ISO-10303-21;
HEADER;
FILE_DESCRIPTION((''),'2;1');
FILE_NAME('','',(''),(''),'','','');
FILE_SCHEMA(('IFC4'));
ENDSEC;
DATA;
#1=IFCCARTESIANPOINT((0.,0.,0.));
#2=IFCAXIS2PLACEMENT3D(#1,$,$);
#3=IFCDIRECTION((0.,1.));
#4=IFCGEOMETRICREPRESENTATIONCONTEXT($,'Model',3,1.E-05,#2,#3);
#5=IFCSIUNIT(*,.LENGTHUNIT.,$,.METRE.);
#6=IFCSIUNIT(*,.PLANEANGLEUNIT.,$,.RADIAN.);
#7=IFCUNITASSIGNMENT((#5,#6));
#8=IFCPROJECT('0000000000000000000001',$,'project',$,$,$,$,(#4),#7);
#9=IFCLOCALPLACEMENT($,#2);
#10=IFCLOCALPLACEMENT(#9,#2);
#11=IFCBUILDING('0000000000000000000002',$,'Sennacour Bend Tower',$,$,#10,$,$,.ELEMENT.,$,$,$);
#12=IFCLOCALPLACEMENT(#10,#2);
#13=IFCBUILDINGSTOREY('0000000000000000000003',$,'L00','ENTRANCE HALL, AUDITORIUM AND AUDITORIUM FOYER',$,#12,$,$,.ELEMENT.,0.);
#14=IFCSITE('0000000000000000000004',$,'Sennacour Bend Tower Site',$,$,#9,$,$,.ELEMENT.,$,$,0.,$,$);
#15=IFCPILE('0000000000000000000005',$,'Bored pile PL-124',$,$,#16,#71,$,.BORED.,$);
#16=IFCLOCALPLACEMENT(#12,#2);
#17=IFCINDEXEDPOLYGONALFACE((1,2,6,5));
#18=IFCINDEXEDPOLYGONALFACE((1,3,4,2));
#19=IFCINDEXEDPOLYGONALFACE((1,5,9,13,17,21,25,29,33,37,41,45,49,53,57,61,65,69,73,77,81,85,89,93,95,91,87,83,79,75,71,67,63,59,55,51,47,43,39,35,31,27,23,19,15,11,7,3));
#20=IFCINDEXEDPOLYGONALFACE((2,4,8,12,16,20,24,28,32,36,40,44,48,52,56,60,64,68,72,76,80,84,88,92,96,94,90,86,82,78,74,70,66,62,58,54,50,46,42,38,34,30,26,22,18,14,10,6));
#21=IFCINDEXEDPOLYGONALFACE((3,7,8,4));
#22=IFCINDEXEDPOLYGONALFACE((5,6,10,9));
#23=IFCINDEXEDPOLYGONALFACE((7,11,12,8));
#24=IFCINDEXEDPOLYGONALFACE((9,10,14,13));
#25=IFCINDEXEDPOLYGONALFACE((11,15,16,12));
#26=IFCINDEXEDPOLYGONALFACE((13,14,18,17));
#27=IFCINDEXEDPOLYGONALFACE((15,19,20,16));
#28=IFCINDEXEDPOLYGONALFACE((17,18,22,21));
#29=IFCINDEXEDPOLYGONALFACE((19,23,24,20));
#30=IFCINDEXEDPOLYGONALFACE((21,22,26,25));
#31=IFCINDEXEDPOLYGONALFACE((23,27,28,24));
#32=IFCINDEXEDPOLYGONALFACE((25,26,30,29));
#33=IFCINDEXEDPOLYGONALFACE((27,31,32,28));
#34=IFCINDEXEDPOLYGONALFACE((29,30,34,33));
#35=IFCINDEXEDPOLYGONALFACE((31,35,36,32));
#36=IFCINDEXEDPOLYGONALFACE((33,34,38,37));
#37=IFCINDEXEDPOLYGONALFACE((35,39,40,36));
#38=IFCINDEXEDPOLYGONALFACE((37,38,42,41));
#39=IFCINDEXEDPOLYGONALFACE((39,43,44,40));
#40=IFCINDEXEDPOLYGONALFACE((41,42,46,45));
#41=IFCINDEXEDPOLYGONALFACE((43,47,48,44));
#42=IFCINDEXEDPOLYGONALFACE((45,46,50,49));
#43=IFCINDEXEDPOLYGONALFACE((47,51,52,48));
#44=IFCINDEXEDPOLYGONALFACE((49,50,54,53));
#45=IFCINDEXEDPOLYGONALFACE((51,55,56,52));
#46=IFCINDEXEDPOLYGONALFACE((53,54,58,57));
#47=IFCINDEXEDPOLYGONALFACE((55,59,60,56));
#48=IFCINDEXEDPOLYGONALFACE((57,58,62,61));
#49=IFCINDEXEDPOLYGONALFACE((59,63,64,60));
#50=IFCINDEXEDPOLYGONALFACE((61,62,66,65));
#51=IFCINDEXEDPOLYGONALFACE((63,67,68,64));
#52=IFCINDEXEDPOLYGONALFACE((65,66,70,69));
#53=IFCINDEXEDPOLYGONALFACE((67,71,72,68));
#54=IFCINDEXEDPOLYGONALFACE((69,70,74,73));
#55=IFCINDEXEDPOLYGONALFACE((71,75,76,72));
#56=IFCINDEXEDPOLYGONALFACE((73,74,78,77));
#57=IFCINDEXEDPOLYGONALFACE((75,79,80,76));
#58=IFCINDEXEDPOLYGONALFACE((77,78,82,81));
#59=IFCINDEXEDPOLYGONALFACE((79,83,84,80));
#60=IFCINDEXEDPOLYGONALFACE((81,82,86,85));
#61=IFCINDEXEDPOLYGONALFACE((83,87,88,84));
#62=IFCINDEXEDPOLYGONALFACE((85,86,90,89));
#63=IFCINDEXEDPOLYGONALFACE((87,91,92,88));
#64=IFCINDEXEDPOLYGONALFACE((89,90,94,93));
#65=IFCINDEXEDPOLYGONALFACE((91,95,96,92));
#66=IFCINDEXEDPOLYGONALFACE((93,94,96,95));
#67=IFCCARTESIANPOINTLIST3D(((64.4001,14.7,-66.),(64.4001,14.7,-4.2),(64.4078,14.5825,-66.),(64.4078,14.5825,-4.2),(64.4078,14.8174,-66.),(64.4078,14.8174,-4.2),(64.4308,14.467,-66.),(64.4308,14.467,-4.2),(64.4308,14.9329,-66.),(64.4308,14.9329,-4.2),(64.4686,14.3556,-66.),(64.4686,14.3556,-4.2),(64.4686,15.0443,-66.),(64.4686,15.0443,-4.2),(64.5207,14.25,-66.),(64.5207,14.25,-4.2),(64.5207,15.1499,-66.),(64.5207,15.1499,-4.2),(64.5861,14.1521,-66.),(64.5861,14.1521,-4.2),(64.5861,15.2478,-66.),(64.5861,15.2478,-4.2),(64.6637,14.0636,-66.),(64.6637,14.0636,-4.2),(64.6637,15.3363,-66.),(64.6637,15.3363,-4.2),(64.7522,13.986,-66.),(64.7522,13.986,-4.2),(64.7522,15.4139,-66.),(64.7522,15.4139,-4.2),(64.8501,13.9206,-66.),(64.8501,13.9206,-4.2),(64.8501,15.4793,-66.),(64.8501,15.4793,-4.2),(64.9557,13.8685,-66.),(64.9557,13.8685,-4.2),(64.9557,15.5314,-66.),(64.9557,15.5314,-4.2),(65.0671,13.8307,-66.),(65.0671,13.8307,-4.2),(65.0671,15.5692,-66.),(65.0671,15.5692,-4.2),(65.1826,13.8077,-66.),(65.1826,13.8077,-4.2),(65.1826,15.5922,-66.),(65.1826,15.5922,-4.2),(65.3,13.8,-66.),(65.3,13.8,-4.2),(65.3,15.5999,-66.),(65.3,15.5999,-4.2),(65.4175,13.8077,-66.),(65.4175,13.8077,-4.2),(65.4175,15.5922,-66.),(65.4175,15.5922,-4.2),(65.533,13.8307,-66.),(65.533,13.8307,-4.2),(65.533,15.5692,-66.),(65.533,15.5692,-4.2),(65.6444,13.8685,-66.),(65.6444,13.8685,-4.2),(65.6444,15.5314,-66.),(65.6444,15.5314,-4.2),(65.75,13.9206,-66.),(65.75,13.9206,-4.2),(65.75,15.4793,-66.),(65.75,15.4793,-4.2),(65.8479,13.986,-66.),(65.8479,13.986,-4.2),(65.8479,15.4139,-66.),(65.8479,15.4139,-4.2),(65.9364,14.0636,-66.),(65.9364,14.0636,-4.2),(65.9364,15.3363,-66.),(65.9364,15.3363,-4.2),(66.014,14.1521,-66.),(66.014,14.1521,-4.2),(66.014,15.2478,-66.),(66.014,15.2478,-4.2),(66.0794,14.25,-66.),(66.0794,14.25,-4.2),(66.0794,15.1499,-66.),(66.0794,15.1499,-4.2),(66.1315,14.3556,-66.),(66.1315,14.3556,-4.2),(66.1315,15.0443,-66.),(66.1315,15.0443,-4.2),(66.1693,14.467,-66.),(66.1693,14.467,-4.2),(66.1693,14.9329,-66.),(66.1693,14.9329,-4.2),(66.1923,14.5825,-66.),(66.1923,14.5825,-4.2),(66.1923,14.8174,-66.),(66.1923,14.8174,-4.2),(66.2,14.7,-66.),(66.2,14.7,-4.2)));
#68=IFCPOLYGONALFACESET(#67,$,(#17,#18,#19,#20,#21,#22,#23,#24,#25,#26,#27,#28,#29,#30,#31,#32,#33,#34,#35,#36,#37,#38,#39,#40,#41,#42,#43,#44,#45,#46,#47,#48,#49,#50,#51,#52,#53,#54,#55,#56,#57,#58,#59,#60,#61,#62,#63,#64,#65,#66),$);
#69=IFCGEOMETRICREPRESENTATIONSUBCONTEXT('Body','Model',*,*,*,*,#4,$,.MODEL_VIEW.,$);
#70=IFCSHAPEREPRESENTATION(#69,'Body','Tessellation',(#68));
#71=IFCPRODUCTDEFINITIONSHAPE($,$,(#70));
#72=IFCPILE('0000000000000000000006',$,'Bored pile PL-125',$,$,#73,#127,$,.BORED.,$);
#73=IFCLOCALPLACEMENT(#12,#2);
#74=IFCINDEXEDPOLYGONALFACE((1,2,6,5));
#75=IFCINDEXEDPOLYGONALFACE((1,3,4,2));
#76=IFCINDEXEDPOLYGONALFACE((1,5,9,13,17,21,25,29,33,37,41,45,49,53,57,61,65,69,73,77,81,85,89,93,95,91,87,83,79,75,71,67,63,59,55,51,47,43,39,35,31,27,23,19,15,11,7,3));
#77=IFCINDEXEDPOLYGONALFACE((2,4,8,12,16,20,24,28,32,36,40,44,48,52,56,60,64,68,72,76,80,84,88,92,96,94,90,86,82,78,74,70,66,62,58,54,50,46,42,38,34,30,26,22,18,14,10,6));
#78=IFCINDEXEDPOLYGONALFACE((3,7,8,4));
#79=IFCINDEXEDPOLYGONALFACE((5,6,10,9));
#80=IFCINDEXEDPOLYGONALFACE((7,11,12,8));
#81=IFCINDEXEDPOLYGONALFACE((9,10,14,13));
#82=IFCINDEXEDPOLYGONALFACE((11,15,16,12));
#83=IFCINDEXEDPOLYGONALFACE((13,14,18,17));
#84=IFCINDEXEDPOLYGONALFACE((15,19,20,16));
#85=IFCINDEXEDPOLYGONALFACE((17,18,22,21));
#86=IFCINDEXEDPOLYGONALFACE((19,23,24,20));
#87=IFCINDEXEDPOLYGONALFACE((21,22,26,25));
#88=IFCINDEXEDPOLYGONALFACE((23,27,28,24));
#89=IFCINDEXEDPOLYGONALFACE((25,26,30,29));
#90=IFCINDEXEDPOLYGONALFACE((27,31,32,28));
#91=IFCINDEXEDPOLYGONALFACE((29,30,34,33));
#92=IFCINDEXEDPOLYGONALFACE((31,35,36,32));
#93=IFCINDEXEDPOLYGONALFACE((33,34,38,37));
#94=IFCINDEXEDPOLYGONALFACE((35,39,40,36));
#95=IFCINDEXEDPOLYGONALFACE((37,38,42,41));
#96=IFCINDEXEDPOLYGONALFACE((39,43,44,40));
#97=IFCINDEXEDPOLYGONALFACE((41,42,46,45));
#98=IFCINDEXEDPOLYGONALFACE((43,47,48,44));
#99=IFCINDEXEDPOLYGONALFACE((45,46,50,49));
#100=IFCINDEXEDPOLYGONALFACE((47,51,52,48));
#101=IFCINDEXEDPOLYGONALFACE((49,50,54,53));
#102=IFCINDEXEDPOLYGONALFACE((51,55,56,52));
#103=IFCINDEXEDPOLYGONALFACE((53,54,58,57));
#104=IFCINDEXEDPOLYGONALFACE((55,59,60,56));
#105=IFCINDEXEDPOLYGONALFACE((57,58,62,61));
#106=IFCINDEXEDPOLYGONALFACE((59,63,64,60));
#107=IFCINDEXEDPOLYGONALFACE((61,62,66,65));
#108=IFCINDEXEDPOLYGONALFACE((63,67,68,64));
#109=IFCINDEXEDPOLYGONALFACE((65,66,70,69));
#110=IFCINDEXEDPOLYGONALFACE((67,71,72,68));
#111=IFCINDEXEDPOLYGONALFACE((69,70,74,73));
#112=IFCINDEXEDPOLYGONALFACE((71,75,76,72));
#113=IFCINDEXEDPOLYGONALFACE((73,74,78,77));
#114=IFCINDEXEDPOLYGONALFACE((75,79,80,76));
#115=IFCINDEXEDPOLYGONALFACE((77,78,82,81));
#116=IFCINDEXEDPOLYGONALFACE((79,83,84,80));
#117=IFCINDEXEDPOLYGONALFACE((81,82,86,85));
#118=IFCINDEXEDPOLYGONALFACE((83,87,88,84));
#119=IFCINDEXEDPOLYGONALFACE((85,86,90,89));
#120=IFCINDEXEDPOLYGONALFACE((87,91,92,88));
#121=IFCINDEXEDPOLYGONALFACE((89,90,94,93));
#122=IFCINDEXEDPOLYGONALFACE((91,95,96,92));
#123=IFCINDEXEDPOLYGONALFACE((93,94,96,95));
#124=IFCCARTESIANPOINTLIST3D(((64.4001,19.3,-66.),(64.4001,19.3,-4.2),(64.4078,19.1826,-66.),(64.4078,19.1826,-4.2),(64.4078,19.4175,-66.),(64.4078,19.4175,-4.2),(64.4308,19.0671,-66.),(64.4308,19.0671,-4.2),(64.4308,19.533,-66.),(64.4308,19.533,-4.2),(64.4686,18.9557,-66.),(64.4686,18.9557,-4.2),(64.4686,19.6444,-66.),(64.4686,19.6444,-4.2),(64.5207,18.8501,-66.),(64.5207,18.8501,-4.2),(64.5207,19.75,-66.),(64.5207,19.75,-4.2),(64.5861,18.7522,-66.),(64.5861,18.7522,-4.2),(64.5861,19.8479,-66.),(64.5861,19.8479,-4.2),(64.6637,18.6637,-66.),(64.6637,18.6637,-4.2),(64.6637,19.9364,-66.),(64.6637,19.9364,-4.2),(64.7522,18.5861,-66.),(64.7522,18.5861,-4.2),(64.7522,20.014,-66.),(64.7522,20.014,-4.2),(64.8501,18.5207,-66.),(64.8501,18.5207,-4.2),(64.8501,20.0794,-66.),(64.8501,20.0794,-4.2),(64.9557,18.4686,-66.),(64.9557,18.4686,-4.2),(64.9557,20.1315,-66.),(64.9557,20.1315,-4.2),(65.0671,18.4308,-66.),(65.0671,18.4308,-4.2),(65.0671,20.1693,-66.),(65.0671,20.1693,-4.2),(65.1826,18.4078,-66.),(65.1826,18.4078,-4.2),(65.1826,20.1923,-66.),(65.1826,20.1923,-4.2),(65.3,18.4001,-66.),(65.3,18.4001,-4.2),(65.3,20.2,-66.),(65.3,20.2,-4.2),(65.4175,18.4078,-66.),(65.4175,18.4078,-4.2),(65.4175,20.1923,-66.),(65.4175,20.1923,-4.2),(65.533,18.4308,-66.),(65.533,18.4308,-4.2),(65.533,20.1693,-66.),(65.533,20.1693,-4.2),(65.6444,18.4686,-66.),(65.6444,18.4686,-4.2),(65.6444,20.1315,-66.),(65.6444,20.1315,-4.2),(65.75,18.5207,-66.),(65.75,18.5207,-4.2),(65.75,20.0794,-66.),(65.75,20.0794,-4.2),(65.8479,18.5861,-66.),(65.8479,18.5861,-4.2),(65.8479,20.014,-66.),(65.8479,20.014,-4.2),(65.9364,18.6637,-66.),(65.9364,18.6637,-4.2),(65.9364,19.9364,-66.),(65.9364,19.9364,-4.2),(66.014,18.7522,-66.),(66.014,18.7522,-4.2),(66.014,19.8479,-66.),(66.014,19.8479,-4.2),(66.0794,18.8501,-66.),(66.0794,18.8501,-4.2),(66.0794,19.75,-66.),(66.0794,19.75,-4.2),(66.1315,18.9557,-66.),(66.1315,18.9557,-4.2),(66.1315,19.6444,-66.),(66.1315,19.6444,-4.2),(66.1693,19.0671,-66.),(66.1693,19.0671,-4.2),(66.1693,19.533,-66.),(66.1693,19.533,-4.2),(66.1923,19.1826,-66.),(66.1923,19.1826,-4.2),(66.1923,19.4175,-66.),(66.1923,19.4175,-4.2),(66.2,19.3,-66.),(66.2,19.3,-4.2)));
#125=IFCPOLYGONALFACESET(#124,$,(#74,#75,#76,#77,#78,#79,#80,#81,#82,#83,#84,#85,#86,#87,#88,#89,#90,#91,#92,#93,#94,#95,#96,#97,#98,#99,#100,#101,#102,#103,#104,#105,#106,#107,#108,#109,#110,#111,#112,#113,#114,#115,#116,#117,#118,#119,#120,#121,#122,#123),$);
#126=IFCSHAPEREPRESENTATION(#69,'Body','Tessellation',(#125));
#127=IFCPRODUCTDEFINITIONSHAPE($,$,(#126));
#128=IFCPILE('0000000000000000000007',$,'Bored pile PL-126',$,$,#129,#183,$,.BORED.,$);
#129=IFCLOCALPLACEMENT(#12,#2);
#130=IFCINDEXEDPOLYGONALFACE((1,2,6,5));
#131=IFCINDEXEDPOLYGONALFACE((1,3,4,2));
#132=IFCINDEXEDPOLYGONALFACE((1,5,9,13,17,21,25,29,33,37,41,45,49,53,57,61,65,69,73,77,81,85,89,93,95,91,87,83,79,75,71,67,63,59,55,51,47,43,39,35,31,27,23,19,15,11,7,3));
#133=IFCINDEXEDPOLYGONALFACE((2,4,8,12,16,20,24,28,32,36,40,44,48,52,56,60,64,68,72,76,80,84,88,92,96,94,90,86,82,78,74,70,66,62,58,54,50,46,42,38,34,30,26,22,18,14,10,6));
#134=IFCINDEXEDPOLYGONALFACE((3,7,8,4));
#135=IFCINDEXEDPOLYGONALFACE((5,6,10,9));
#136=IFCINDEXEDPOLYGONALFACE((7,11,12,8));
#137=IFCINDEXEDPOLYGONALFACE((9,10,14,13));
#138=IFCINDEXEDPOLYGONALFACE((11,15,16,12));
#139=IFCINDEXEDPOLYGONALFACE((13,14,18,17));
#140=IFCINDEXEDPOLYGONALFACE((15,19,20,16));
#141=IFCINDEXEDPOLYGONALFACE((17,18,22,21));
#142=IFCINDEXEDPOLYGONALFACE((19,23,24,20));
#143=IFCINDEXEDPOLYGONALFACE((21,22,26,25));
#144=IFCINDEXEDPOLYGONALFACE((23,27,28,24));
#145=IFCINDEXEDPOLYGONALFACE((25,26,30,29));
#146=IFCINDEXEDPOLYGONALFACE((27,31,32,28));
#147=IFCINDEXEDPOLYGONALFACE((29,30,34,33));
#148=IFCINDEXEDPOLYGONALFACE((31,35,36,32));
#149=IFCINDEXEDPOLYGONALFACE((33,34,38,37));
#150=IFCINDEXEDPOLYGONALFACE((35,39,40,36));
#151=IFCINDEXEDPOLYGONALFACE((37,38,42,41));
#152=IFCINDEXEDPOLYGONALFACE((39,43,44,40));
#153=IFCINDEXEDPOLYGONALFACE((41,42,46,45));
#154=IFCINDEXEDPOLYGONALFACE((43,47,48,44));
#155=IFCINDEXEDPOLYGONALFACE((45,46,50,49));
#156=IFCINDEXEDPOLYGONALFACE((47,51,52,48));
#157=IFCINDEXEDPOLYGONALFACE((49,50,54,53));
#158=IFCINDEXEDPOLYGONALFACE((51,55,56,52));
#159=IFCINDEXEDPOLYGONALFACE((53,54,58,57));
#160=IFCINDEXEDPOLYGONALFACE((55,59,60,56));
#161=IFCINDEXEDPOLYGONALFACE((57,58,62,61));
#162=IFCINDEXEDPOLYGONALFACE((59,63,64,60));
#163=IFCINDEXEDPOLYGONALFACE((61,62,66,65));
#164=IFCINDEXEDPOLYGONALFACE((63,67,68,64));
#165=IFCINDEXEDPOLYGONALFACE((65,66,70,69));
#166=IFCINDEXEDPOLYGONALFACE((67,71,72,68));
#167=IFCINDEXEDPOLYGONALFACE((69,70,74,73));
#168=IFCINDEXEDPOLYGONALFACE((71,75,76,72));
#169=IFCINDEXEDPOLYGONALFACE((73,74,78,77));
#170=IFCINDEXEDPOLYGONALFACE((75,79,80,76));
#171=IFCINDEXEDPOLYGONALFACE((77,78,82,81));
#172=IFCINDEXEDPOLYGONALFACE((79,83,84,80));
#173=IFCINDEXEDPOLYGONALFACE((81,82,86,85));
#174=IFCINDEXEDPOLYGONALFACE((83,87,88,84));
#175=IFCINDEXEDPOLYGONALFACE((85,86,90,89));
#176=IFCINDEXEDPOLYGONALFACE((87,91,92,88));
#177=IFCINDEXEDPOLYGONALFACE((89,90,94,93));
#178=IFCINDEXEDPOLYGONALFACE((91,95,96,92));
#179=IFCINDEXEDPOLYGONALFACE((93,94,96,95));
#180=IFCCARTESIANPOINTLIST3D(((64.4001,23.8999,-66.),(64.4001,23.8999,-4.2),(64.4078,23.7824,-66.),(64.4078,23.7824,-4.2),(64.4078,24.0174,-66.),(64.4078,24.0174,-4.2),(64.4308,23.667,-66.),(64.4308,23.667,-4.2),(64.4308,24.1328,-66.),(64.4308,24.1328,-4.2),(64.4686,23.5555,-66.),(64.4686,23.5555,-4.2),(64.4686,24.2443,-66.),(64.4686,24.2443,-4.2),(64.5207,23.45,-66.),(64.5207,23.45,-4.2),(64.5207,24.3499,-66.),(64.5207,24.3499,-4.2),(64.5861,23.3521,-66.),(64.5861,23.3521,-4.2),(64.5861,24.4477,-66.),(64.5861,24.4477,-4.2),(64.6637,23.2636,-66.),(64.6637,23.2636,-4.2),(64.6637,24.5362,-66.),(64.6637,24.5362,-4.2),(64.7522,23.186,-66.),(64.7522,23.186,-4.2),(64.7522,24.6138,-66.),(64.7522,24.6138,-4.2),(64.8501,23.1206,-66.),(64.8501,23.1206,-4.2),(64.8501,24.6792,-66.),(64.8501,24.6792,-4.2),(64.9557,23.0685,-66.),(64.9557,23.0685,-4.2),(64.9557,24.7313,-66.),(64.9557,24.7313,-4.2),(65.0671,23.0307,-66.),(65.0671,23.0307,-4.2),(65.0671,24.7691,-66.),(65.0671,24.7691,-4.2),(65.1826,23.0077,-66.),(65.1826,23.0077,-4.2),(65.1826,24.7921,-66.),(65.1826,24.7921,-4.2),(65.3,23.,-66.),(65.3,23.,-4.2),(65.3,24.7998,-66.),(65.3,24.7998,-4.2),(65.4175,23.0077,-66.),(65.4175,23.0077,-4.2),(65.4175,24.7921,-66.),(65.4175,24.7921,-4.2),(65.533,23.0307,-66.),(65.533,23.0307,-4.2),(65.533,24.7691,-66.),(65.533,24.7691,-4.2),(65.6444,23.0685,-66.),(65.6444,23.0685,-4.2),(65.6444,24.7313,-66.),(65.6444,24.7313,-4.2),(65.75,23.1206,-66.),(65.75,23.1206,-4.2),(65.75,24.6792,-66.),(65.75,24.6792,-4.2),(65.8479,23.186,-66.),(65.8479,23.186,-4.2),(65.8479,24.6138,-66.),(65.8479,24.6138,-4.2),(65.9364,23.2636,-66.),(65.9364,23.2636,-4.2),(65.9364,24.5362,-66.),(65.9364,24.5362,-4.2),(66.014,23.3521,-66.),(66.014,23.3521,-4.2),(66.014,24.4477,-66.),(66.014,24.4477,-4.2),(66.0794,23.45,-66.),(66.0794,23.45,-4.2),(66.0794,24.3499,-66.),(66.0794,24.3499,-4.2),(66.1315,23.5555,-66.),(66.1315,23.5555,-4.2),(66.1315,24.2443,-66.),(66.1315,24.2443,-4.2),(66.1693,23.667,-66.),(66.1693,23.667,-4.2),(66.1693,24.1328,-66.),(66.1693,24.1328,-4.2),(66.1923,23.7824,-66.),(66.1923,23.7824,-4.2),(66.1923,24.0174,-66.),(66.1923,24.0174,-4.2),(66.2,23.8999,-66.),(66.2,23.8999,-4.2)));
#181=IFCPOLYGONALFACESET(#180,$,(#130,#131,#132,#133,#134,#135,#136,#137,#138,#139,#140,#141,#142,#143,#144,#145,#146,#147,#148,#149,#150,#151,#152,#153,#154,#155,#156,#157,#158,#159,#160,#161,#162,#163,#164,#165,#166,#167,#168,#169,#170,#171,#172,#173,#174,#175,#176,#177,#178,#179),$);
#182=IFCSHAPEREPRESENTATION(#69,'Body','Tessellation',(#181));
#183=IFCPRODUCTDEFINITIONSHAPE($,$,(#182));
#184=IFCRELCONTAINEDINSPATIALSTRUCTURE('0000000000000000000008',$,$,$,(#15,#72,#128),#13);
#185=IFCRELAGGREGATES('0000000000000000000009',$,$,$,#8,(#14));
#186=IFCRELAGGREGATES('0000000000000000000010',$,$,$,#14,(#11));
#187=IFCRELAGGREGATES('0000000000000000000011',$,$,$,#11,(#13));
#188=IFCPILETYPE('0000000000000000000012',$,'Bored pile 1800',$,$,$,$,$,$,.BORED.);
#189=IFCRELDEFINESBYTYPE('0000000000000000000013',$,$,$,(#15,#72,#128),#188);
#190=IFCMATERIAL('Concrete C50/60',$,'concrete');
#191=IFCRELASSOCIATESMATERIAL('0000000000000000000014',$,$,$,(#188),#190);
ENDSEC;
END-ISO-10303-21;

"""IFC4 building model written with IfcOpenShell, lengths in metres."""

from ifc_helpers import new_model, si_unit, direction, frame, origin, origin_2d, place, context, subcontext, project, spatial, circle, extrude, material, material_profile, profile_set, type_object, element, save


model = new_model("IFC4")

# Units and contexts
model_context = context("Model", 3, precision=1e-05, world=origin(), true_north=direction((0.0, 1.0)))
body_context = subcontext(model_context, "Body", "Model", "MODEL_VIEW")
ifc_project = project(units=[si_unit("LENGTHUNIT", "METRE"), si_unit("PLANEANGLEUNIT", "RADIAN")], contexts=[model_context])

# Site, building, storey
site_placement = place(None, origin())
site = spatial("IfcSite", under=ifc_project, at=site_placement, Name="Sennacour Bend Tower Site", CompositionType="ELEMENT", RefElevation=0.0)
building_placement = place(site_placement, origin())
building = spatial("IfcBuilding", under=site, at=building_placement, Name="Sennacour Bend Tower", CompositionType="ELEMENT")
storey_placement = place(building_placement, origin())
storey = spatial("IfcBuildingStorey", under=building, at=storey_placement, Name="L00", Description="ENTRANCE HALL, AUDITORIUM AND AUDITORIUM FOYER", CompositionType="ELEMENT", Elevation=0.0)

# Piles
ifc_material_1 = material(Name="Concrete C50/60", Category="concrete")
ifc_material_profile_1 = material_profile(ifc_material_1, circle(Radius=0.8999, at=origin_2d()), Name="Concrete C50/60", Category="concrete")
ifc_profile_set_1 = profile_set([ifc_material_profile_1], Name="Concrete C50/60")
pile_type = type_object("IfcPileType", Name="Bored pile 1800", PredefinedType="BORED", material=ifc_profile_set_1)
for number, where, z_axis, x_axis, name in (
    (1, (65.3, 14.7, -4.2), (0.0, 0.0, -1.0), (1.0, 0.0, 0.0), "Bored pile PL-124"),
    (2, (65.3, 19.3, -4.2), (0.0, 0.0, -1.0), (1.0, 0.0, 0.0), "Bored pile PL-125"),
    (3, (65.3, 23.8999, -4.2), (0.0, 0.0, -1.0), (1.0, 0.0, 0.0), "Bored pile PL-126"),
):
    element("IfcPile", number, at=place(storey_placement, frame(where, z_axis=z_axis, x_axis=x_axis)), inside=storey, type_object=pile_type, Name=name, PredefinedType="BORED", context=body_context, shape_type="SweptSolid", body=[
        extrude(circle(Radius=0.8999, at=origin_2d()), origin(), (0.0, 0.0, 1.0), 61.8),
    ])

save(model, "model.ifc")
